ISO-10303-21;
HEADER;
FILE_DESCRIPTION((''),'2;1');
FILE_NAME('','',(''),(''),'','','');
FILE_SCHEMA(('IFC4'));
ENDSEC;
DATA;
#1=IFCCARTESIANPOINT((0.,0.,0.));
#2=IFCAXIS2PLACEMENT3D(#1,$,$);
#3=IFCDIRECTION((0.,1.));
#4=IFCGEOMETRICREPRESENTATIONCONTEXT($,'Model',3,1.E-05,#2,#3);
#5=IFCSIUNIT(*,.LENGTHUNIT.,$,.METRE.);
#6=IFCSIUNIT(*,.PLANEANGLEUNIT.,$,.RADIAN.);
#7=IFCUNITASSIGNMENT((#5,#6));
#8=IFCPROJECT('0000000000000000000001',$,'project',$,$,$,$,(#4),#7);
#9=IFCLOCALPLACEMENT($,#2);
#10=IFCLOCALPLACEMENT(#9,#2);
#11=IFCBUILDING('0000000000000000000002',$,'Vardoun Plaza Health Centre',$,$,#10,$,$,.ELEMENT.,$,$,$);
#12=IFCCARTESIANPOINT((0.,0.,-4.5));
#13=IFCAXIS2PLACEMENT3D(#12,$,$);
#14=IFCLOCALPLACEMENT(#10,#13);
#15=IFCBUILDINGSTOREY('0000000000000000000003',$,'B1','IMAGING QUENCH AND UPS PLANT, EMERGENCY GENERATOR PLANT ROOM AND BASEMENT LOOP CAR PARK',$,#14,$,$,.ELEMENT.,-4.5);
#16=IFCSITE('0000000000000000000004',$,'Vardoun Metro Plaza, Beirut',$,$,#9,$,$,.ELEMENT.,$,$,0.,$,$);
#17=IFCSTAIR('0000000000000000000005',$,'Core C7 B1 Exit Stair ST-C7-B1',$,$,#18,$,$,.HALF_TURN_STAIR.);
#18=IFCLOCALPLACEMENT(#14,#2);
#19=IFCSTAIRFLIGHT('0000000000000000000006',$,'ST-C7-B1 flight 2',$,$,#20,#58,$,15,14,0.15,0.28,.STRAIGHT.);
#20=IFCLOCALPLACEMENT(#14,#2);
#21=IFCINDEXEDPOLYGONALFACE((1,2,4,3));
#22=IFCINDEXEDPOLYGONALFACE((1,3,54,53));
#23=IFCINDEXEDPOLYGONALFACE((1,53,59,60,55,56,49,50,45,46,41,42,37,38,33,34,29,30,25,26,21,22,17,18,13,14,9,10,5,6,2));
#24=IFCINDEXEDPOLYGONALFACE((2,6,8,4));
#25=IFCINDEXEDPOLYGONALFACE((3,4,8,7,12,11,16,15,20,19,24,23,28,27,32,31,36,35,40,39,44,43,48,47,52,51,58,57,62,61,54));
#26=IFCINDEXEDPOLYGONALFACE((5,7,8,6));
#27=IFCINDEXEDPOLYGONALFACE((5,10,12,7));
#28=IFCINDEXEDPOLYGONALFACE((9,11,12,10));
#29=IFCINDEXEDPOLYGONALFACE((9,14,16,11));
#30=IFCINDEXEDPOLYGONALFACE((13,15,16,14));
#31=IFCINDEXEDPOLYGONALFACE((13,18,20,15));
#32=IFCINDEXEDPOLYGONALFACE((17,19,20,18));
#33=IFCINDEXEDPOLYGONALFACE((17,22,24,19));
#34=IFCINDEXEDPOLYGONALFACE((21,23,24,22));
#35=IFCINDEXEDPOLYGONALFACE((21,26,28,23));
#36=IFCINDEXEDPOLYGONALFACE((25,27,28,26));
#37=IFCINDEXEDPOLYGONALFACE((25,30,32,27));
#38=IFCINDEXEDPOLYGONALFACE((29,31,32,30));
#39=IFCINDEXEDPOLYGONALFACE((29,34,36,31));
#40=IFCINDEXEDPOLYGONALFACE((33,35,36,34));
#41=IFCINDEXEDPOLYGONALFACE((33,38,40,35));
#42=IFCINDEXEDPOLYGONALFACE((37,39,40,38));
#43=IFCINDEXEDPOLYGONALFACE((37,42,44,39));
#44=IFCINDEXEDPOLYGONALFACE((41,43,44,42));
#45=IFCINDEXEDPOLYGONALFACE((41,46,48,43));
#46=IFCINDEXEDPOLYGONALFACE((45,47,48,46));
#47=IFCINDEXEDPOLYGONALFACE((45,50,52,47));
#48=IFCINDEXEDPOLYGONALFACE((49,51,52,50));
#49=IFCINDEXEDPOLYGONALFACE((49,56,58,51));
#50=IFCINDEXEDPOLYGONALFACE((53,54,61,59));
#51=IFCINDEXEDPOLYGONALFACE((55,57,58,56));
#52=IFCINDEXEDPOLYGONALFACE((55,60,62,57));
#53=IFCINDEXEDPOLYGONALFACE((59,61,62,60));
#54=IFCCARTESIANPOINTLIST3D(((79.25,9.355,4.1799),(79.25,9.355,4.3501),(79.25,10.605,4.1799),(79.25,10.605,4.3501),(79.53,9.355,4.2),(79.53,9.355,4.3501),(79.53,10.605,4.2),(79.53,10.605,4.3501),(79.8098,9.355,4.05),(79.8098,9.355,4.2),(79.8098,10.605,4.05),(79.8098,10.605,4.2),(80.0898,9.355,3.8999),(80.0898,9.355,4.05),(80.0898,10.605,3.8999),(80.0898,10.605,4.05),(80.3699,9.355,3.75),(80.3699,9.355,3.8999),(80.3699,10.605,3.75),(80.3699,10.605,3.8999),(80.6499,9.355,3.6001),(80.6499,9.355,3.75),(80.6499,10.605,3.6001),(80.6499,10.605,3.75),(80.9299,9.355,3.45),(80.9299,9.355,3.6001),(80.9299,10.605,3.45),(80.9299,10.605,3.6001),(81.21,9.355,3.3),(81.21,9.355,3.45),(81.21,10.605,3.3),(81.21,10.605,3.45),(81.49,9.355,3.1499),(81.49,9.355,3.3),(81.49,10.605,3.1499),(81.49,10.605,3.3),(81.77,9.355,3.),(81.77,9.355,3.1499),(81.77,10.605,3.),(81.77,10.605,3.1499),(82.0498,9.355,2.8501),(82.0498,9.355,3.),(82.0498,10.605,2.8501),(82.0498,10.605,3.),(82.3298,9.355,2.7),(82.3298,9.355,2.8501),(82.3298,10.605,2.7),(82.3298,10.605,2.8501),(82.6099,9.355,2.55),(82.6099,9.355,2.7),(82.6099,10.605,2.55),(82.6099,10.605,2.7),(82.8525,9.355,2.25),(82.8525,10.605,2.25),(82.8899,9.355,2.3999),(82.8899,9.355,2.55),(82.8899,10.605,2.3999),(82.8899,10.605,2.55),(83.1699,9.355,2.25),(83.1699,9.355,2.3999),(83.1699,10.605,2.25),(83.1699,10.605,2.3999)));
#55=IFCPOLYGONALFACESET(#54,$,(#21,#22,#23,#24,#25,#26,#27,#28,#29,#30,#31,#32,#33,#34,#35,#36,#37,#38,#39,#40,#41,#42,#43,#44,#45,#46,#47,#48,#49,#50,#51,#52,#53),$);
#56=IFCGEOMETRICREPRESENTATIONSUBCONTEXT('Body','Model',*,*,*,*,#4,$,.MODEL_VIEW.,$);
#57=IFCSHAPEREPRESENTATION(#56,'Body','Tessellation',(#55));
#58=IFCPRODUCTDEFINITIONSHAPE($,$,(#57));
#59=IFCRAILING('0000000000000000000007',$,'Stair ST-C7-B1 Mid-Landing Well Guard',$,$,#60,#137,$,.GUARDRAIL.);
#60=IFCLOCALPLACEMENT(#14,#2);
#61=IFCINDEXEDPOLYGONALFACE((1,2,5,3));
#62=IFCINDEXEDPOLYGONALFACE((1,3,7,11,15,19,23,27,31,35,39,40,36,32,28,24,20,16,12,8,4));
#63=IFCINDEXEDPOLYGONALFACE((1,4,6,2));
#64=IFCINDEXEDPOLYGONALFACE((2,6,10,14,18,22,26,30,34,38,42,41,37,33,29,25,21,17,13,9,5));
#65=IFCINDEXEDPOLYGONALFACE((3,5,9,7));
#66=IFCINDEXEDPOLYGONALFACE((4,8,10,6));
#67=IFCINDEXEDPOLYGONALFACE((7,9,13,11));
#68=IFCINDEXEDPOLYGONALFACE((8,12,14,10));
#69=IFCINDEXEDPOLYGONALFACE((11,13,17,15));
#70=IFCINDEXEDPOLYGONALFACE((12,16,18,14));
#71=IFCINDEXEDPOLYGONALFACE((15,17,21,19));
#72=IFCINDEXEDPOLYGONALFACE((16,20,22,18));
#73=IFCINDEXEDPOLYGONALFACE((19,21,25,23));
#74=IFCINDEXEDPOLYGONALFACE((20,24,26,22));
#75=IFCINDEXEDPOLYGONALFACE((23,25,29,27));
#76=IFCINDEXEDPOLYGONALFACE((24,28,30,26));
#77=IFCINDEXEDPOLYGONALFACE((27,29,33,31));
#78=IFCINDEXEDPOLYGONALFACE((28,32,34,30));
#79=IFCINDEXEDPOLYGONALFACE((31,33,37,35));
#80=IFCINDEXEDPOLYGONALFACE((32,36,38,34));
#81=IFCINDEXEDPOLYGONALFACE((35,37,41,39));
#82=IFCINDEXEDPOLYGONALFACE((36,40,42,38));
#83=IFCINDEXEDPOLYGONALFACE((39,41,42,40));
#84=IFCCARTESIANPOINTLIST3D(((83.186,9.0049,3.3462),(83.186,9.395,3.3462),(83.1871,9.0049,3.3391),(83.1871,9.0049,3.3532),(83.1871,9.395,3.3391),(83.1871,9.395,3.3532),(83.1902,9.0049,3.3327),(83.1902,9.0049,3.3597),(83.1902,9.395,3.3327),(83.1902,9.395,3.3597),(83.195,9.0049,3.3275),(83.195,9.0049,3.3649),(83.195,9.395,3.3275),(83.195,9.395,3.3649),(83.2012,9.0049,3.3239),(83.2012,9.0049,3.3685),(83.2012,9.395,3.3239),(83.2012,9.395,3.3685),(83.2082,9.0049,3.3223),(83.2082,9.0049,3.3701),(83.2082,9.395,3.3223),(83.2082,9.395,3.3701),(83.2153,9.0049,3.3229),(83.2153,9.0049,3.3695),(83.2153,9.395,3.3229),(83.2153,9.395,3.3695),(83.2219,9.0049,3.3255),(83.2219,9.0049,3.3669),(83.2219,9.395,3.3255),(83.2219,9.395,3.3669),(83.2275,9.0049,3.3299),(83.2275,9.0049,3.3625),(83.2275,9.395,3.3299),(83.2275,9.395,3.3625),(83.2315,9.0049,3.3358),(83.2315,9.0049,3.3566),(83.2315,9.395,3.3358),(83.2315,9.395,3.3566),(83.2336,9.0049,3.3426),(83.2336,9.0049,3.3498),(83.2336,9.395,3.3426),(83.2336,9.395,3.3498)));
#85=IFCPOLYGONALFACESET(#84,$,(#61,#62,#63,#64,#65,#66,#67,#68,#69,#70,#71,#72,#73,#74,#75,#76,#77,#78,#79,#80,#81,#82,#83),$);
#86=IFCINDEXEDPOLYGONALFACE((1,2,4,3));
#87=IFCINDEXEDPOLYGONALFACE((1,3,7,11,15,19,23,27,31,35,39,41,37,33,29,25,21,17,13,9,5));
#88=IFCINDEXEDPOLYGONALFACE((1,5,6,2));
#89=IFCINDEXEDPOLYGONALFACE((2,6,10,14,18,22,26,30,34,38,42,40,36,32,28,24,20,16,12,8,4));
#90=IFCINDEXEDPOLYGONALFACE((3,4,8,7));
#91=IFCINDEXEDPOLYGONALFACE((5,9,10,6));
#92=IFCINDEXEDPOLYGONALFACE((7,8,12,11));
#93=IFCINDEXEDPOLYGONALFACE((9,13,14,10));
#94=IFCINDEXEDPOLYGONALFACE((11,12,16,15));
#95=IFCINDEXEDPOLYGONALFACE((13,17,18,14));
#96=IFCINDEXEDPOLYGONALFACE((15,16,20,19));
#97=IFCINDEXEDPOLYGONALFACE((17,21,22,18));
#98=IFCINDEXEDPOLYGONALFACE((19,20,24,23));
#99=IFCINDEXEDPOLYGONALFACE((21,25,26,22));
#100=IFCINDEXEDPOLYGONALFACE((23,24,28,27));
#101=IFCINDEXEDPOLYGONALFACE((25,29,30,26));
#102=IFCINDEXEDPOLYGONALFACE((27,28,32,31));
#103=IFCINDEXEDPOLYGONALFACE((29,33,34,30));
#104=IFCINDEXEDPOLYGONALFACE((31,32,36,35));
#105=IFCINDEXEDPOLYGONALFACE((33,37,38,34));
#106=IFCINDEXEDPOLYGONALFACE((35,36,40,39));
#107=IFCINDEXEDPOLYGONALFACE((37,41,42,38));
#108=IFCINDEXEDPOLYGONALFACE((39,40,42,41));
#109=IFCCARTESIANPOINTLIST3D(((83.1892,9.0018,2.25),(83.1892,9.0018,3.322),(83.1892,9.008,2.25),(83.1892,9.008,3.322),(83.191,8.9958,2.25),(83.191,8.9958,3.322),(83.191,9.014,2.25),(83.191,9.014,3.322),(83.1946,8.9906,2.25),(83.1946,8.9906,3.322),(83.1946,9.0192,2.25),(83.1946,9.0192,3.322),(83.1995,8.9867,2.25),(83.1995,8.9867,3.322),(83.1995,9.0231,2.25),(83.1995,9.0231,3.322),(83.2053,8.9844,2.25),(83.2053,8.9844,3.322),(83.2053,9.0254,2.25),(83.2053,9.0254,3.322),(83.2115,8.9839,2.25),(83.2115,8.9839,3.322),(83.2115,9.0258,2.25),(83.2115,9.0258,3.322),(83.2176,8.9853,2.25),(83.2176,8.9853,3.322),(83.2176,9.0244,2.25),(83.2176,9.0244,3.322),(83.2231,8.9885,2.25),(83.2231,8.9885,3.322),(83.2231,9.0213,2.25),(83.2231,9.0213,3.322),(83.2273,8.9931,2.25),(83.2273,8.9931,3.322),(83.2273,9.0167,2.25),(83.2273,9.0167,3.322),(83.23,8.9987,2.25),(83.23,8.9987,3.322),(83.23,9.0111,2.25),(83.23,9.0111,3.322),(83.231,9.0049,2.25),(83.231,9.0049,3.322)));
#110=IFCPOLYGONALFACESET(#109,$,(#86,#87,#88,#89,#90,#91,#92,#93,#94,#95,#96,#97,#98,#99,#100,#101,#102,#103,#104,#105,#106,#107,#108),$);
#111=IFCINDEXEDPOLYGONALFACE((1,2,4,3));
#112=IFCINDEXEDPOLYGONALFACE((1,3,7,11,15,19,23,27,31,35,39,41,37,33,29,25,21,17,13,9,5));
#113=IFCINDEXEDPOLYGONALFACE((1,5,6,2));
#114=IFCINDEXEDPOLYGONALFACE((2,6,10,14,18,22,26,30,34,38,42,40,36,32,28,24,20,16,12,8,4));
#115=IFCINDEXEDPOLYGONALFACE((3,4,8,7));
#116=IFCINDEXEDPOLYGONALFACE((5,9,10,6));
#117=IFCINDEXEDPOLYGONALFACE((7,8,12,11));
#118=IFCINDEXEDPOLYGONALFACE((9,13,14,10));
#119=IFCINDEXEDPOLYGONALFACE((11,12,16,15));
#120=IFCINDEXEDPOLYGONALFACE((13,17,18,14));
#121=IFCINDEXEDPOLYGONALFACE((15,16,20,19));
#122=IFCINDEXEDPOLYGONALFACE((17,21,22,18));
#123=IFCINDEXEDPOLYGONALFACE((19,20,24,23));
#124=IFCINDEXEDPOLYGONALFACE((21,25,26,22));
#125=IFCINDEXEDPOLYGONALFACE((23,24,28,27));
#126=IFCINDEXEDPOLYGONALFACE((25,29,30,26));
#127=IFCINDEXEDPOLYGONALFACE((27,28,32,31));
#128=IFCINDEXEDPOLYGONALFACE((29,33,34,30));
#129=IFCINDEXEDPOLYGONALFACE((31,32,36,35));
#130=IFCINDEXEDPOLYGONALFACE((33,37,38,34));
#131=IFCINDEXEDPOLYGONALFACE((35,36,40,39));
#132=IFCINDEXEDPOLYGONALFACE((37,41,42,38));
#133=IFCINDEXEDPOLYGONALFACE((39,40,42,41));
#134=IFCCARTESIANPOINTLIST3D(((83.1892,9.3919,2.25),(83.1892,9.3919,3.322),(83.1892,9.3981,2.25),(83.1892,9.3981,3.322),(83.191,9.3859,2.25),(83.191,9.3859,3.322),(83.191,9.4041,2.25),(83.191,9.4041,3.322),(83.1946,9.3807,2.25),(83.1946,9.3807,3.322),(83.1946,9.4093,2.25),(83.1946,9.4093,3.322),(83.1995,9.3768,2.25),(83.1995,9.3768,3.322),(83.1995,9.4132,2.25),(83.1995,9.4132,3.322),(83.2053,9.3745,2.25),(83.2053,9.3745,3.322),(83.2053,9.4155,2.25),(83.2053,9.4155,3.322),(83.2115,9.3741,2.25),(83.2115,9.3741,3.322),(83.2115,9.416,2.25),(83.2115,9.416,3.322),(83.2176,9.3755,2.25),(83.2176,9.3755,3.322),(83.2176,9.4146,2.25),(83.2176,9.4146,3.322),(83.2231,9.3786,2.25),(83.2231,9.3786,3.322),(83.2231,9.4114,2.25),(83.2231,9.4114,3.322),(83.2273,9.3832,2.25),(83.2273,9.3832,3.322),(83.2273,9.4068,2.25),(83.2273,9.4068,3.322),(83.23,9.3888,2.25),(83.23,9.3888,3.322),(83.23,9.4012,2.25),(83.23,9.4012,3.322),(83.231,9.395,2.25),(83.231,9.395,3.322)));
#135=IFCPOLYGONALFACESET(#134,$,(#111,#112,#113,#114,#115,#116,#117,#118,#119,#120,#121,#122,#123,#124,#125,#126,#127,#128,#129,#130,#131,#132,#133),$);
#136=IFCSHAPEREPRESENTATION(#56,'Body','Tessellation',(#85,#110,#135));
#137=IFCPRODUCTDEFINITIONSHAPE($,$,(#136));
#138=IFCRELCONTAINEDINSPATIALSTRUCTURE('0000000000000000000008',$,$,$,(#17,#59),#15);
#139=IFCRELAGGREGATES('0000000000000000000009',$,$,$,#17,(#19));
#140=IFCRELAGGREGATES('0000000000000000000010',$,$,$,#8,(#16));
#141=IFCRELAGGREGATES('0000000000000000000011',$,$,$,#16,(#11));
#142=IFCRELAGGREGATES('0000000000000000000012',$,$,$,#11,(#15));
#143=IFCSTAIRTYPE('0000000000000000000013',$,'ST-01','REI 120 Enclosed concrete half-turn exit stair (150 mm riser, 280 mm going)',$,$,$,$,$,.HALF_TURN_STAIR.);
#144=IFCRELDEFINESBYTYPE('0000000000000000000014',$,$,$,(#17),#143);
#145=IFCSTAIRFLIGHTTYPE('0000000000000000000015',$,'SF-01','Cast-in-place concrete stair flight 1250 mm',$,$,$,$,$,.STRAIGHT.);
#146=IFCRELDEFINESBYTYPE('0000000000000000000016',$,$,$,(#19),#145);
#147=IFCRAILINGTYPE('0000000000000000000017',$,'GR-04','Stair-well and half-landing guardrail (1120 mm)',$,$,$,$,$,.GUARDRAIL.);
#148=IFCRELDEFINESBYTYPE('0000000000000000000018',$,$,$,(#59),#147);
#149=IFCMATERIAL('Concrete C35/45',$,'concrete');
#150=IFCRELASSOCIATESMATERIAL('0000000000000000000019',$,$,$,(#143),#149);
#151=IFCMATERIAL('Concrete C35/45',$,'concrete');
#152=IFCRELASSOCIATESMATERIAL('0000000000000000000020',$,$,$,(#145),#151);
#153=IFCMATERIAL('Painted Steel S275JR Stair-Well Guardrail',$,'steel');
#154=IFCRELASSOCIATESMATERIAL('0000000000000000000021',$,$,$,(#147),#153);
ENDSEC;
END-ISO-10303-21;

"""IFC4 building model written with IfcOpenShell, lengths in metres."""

from ifc_helpers import new_model, si_unit, direction, frame, origin, origin_2d, place, context, subcontext, project, spatial, polyline, circle, outline, extrude, material, type_object, element, aggregate, save


model = new_model("IFC4")

# Units and contexts
model_context = context("Model", 3, precision=1e-05, world=origin(), true_north=direction((0.0, 1.0)))
body_context = subcontext(model_context, "Body", "Model", "MODEL_VIEW")
ifc_project = project(units=[si_unit("LENGTHUNIT", "METRE"), si_unit("PLANEANGLEUNIT", "RADIAN")], contexts=[model_context])

# Site, building, storey
site_placement = place(None, origin())
site = spatial("IfcSite", under=ifc_project, at=site_placement, Name="Vardoun Metro Plaza, Beirut", CompositionType="ELEMENT", RefElevation=0.0)
building_placement = place(site_placement, origin())
building = spatial("IfcBuilding", under=site, at=building_placement, Name="Vardoun Plaza Health Centre", CompositionType="ELEMENT")
storey_placement = place(building_placement, frame((0.0, 0.0, -4.5)))
storey = spatial("IfcBuildingStorey", under=building, at=storey_placement, Name="B1", Description="IMAGING QUENCH AND UPS PLANT, EMERGENCY GENERATOR PLANT ROOM AND BASEMENT LOOP CAR PARK", CompositionType="ELEMENT", Elevation=-4.5)

# Stair, stair flight
ifc_material_1 = material(Name="Concrete C35/45", Category="concrete")
stair_type = type_object("IfcStairType", Name="ST-01", Description="REI 120 Enclosed concrete half-turn exit stair (150 mm riser, 280 mm going)", PredefinedType="HALF_TURN_STAIR", material=ifc_material_1)
stair_placement = place(storey_placement, origin())
stair = element("IfcStair", 1, at=stair_placement, inside=storey, type_object=stair_type, Name="Core C7 B1 Exit Stair ST-C7-B1", PredefinedType="HALF_TURN_STAIR")
ifc_material_2 = material(Name="Concrete C35/45", Category="concrete")
stair_flight_type = type_object("IfcStairFlightType", Name="SF-01", Description="Cast-in-place concrete stair flight 1250 mm", PredefinedType="STRAIGHT", material=ifc_material_2)
stair_flight_1_placement = place(storey_placement, frame((83.1699, 9.98, 2.25), z_axis=(0.0, 0.0, 1.0), x_axis=(-1.0, 0.0, 0.0)))
stair_flight_1 = element("IfcStairFlight", 2, at=stair_flight_1_placement, type_object=stair_flight_type, Name="ST-C7-B1 flight 2", NumberOfRisers=15, NumberOfTreads=14, PredefinedType="STRAIGHT", RiserHeight=0.15, TreadLength=0.28, context=body_context, shape_type="SweptSolid", body=[
    extrude(outline(polyline([(0.0, 0.0), (0.0, 0.1499), (0.28, 0.1499), (0.28, 0.3), (0.5601, 0.3), (0.5601, 0.45), (0.8401, 0.45), (0.8401, 0.6001), (1.1201, 0.6001), (1.1201, 0.75), (1.3999, 0.75), (1.3999, 0.8999), (1.6799, 0.8999), (1.6799, 1.05), (1.96, 1.05), (1.96, 1.2), (2.24, 1.2), (2.24, 1.3501), (2.52, 1.3501), (2.52, 1.5), (2.8, 1.5), (2.8, 1.6499), (3.0801, 1.6499), (3.0801, 1.8), (3.3601, 1.8), (3.3601, 1.95), (3.6399, 1.95), (3.6399, 2.1001), (3.9199, 2.1001), (3.9199, 2.25), (3.9199, 1.9299), (0.3174, 0.0), (0.0, 0.0)])), frame((0.0, 0.625, 0.0), z_axis=(0.0, -1.0, 0.0), x_axis=(1.0, 0.0, 0.0)), (0.0, 0.0, 1.0), 1.25),
])
aggregate(stair, [stair_flight_1])

# Railing
ifc_material_3 = material(Name="Painted Steel S275JR Stair-Well Guardrail", Category="steel")
railing_type_1 = type_object("IfcRailingType", Name="GR-04", Description="Stair-well and half-landing guardrail (1120 mm)", PredefinedType="GUARDRAIL", material=ifc_material_3)
railing_1_placement = place(storey_placement, frame((83.21, 9.0049, 2.25)))
element("IfcRailing", 3, at=railing_1_placement, inside=storey, type_object=railing_type_1, Name="Stair ST-C7-B1 Mid-Landing Well Guard", PredefinedType="GUARDRAIL", context=body_context, shape_type="SweptSolid", body=[
    extrude(circle(Radius=0.0239, at=origin_2d()), frame((0.0, 0.0, 1.0962), z_axis=(0.0, 1.0, 0.0), x_axis=(-1.0, 0.0, 0.0)), (0.0, 0.0, 1.0), 0.3901),
    extrude(circle(Radius=0.021, at=origin_2d()), origin(), (0.0, 0.0, 1.0), 1.072),
    extrude(circle(Radius=0.021, at=origin_2d()), frame((0.0, 0.3901, 0.0)), (0.0, 0.0, 1.0), 1.072),
])

save(model, "model.ifc")
